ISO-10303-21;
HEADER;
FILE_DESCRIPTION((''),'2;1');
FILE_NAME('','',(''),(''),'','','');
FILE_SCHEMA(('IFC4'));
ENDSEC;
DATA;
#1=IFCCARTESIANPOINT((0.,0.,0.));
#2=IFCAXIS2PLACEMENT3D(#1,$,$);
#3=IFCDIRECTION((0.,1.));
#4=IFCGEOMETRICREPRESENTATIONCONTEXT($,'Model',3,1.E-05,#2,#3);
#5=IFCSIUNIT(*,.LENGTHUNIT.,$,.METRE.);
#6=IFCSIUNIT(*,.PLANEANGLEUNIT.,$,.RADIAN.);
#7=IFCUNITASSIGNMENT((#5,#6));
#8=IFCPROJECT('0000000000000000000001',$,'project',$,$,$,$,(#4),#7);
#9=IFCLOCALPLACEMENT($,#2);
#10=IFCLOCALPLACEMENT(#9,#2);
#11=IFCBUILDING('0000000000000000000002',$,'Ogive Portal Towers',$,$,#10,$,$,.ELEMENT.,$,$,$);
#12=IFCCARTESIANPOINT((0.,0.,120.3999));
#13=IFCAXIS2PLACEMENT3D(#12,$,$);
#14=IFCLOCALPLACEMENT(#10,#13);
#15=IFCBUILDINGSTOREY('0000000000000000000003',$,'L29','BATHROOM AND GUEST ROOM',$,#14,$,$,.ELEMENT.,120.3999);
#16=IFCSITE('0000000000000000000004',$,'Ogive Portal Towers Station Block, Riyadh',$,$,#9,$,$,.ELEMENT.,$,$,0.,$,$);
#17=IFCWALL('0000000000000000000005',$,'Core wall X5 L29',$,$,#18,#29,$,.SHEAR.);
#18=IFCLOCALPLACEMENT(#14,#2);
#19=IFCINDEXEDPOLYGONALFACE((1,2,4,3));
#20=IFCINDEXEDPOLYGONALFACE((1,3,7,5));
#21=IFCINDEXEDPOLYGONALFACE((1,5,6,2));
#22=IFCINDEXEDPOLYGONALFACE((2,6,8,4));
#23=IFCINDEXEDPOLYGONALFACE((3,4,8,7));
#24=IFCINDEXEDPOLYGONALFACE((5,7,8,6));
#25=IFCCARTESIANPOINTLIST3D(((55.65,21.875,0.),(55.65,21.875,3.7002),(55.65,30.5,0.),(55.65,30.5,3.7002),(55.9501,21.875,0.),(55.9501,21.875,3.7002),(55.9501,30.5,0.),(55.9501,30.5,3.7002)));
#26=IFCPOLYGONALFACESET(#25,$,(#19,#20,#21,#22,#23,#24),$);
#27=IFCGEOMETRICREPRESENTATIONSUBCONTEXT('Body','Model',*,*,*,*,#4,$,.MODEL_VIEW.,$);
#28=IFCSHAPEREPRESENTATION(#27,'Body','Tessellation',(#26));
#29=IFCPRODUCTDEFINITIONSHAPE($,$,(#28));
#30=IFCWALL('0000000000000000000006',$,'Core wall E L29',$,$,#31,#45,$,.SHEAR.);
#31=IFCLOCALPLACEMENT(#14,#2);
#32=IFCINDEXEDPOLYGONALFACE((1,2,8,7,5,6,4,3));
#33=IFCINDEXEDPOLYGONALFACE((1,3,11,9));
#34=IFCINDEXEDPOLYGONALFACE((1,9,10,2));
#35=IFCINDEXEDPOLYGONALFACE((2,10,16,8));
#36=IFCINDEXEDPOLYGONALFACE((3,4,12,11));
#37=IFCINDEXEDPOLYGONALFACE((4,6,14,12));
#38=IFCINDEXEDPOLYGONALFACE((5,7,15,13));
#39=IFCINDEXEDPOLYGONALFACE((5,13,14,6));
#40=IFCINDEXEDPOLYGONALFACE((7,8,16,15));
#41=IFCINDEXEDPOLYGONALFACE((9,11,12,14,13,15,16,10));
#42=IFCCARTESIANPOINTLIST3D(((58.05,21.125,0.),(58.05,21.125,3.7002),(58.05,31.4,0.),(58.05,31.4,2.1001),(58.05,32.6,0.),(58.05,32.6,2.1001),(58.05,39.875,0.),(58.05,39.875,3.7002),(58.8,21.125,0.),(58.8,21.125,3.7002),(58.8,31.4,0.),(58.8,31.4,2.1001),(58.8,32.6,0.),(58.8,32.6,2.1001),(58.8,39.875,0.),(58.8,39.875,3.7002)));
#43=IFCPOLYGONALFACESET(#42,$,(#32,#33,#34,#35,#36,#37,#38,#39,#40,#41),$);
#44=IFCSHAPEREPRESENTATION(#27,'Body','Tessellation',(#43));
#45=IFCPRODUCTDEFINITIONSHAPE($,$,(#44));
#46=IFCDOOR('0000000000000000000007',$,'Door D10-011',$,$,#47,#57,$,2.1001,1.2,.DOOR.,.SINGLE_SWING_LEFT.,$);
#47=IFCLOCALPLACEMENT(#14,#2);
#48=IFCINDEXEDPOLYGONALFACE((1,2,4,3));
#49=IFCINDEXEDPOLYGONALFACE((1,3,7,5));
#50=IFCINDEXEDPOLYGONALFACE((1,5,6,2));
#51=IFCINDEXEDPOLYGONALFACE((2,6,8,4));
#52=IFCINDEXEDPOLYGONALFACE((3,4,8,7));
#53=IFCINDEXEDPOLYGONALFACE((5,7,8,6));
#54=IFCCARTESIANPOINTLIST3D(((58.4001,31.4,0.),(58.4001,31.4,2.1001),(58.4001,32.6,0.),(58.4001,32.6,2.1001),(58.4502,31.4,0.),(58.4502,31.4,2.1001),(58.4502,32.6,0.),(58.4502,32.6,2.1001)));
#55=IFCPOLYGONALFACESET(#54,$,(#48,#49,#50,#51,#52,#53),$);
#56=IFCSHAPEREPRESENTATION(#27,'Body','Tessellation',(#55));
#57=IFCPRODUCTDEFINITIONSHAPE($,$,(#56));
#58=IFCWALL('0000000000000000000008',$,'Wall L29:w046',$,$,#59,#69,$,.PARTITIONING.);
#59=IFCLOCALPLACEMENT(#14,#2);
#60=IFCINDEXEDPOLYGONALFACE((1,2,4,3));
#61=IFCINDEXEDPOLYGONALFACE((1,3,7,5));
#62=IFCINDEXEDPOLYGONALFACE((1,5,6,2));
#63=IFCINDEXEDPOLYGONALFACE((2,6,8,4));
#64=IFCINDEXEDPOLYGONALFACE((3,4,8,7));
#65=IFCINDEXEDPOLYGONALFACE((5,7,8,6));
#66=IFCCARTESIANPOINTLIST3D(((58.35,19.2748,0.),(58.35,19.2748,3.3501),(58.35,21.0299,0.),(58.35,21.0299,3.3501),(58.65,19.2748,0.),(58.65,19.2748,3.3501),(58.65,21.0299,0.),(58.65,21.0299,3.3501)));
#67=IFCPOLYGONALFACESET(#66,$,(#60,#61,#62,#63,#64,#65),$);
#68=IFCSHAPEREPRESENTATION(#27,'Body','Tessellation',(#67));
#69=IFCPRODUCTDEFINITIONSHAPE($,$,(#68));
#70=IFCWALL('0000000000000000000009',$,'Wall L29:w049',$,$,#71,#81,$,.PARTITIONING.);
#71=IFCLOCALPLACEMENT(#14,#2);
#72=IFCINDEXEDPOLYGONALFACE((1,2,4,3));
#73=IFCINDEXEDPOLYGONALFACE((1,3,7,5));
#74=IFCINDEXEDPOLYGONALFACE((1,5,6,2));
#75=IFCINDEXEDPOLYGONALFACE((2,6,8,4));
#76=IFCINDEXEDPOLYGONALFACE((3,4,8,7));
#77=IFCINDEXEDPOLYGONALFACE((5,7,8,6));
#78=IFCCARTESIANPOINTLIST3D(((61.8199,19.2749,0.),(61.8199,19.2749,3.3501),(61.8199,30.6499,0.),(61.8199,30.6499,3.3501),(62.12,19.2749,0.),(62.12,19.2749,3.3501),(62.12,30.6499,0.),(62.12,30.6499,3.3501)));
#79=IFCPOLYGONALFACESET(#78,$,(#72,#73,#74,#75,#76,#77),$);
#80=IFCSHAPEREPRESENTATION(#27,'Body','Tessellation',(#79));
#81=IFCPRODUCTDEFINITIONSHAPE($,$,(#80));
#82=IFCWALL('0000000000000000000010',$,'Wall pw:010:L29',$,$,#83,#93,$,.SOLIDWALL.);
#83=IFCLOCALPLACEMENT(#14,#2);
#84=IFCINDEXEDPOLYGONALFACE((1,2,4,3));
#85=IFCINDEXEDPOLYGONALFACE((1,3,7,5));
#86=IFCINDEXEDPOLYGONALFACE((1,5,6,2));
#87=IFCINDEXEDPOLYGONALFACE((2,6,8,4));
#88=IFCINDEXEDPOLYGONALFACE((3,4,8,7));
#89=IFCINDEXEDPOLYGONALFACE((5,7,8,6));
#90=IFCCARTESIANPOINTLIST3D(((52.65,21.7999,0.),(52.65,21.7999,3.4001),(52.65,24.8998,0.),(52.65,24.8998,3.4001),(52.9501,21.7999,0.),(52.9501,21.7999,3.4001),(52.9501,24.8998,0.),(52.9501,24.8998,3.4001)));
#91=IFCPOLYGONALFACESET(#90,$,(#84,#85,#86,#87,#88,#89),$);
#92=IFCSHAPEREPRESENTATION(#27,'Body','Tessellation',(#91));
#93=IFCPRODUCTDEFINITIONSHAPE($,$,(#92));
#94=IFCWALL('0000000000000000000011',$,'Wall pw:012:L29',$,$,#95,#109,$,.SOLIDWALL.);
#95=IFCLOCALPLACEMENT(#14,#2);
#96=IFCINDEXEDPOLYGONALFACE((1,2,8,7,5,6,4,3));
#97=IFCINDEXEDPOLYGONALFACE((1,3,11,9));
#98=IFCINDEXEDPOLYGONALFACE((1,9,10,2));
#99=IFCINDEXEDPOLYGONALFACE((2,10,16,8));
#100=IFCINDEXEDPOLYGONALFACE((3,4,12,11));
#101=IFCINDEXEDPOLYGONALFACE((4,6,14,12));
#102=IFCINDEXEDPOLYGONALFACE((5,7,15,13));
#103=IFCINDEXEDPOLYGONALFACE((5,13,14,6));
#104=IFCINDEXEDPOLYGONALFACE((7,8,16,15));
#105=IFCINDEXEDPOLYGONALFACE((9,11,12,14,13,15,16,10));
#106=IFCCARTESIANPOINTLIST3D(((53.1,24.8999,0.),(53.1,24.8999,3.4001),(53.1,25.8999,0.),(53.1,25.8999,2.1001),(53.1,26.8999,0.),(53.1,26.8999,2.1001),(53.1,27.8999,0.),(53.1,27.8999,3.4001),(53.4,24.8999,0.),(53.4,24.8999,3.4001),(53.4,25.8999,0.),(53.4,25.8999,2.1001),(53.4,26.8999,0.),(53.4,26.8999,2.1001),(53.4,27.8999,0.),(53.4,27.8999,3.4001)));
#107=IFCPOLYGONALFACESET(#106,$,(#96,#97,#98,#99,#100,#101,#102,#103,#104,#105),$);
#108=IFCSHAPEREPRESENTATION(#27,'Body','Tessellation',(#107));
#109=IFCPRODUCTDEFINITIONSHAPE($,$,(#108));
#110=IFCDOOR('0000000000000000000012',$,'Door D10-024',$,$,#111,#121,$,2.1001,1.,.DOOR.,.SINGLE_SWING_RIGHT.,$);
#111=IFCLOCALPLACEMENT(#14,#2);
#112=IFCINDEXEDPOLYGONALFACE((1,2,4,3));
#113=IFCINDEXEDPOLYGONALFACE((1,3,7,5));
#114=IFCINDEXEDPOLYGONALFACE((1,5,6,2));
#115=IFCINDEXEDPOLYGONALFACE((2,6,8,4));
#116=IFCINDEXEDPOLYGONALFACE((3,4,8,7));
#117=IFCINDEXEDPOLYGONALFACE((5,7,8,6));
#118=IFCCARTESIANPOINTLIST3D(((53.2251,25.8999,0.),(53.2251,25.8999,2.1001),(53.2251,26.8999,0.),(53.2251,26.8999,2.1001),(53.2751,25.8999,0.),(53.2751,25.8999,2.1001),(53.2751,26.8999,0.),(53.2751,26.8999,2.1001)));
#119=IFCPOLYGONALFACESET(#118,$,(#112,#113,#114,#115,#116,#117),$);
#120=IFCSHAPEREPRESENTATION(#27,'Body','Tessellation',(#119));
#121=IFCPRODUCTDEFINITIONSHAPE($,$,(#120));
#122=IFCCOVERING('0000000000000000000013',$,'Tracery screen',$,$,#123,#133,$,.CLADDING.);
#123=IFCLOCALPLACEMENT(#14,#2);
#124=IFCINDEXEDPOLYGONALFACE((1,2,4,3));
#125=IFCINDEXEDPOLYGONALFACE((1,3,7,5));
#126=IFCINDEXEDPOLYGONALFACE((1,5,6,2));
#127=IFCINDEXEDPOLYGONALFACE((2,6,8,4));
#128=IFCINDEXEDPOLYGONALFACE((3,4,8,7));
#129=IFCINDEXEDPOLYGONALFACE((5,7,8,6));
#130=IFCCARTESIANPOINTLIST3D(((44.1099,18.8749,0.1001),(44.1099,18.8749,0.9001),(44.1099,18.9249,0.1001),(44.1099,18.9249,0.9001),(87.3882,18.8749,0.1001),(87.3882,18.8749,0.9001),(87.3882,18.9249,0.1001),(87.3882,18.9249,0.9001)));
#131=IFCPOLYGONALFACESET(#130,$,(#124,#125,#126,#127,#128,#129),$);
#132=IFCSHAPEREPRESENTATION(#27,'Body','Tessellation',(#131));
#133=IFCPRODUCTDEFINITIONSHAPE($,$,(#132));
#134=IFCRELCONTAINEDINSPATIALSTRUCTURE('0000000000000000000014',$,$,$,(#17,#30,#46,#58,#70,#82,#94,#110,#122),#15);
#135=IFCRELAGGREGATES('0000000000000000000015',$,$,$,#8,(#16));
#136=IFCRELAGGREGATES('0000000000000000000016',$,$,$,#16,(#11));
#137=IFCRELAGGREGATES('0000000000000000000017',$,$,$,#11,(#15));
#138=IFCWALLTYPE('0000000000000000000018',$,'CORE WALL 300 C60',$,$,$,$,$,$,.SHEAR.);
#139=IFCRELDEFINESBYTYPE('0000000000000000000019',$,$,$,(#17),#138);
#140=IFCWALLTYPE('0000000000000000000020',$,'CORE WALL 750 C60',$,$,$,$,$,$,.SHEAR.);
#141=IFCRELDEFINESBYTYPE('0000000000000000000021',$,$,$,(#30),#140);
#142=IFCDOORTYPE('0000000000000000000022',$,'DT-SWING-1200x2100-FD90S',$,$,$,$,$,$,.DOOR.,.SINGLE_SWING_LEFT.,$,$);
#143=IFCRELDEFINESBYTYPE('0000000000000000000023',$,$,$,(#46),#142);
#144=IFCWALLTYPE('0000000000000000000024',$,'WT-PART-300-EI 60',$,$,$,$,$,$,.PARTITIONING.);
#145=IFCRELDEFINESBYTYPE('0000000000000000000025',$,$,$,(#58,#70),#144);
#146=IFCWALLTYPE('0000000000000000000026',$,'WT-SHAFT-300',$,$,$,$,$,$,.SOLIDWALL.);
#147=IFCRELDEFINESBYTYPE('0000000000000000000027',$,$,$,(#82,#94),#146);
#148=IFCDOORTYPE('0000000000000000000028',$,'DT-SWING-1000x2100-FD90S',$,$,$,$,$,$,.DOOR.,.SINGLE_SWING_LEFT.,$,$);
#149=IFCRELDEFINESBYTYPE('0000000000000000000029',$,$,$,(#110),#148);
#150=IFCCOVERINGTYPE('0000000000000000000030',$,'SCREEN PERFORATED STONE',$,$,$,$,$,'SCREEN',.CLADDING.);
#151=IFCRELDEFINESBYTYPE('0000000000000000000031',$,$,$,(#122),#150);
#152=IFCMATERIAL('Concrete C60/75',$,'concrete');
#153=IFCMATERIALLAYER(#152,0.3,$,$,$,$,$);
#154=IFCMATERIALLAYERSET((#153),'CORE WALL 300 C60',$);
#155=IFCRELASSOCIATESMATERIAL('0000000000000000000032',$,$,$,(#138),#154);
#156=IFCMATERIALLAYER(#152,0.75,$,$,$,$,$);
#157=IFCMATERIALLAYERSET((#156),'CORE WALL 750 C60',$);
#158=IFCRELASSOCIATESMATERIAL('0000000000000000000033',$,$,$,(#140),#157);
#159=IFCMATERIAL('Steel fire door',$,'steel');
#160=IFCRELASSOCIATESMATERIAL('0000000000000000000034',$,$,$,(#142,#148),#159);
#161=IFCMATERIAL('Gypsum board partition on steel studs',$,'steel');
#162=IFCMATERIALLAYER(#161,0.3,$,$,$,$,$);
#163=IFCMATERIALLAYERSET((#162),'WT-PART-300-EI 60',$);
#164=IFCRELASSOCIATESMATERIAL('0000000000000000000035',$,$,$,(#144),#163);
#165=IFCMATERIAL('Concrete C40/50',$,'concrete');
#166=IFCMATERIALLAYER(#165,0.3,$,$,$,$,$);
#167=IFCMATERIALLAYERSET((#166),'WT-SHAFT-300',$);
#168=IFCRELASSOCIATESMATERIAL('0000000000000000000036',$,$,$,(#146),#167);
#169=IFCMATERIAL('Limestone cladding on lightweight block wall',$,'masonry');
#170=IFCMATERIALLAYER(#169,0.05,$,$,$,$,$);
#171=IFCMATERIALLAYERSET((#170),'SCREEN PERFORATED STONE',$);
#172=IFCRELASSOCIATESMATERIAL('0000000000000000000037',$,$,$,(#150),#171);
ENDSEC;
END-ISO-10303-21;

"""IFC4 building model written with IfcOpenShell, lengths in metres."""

from ifc_helpers import new_model, si_unit, direction, frame, frame_2d, origin, origin_2d, place, context, subcontext, project, spatial, rectangle, extrude, material, layer, layer_set, type_object, element, fill, save


model = new_model("IFC4")

# Units and contexts
model_context = context("Model", 3, precision=1e-05, world=origin(), true_north=direction((0.0, 1.0)))
body_context = subcontext(model_context, "Body", "Model", "MODEL_VIEW")
ifc_project = project(units=[si_unit("LENGTHUNIT", "METRE"), si_unit("PLANEANGLEUNIT", "RADIAN")], contexts=[model_context])

# Site, building, storey
site_placement = place(None, origin())
site = spatial("IfcSite", under=ifc_project, at=site_placement, Name="Ogive Portal Towers Station Block, Riyadh", CompositionType="ELEMENT", RefElevation=0.0)
building_placement = place(site_placement, origin())
building = spatial("IfcBuilding", under=site, at=building_placement, Name="Ogive Portal Towers", CompositionType="ELEMENT")
storey_placement = place(building_placement, frame((0.0, 0.0, 120.3999)))
storey = spatial("IfcBuildingStorey", under=building, at=storey_placement, Name="L29", Description="BATHROOM AND GUEST ROOM", CompositionType="ELEMENT", Elevation=120.3999)

# Wall
ifc_material_1 = material(Name="Concrete C60/75", Category="concrete")
ifc_layer_1 = layer(ifc_material_1, 0.3)
ifc_layer_set_1 = layer_set([ifc_layer_1], Name="CORE WALL 300 C60")
wall_type_1 = type_object("IfcWallType", Name="CORE WALL 300 C60", PredefinedType="SHEAR", material=ifc_layer_set_1)
wall_1_placement = place(storey_placement, frame((55.8, 21.875, 0.0), z_axis=(0.0, 0.0, 1.0), x_axis=(0.0, 1.0, 0.0)))
element("IfcWall", 1, at=wall_1_placement, inside=storey, type_object=wall_type_1, Name="Core wall X5 L29", PredefinedType="SHEAR", context=body_context, shape_type="SweptSolid", body=[
    extrude(rectangle(XDim=8.625, YDim=0.3, at=frame_2d((4.3125, 0.0))), origin(), (0.0, 0.0, 1.0), 3.7002),
])

# Wall, opening, door
ifc_layer_2 = layer(ifc_material_1, 0.75)
ifc_layer_set_2 = layer_set([ifc_layer_2], Name="CORE WALL 750 C60")
wall_type_2 = type_object("IfcWallType", Name="CORE WALL 750 C60", PredefinedType="SHEAR", material=ifc_layer_set_2)
wall_2_placement = place(storey_placement, frame((58.425, 21.125, 0.0), z_axis=(0.0, 0.0, 1.0), x_axis=(0.0, 1.0, 0.0)))
wall_2 = element("IfcWall", 2, at=wall_2_placement, inside=storey, type_object=wall_type_2, Name="Core wall E L29", PredefinedType="SHEAR", context=body_context, shape_type="SweptSolid", body=[
    extrude(rectangle(XDim=18.75, YDim=0.75, at=frame_2d((9.375, 0.0))), origin(), (0.0, 0.0, 1.0), 3.7002),
])
opening_1_placement = place(wall_2_placement, frame((10.2749, 0.0, 0.0)))
opening_1 = element("IfcOpeningElement", 3, at=opening_1_placement, cuts=wall_2, PredefinedType="OPENING", context=body_context, shape_type="SweptSolid", body=[
    extrude(rectangle(XDim=1.2, YDim=2.1001, at=frame_2d((0.6001, 1.05))), frame((0.0, 0.385, 0.0), z_axis=(0.0, -1.0, 0.0), x_axis=(1.0, 0.0, 0.0)), (0.0, 0.0, 1.0), 0.77),
])
ifc_material_2 = material(Name="Steel fire door", Category="steel")
door_type_1 = type_object("IfcDoorType", Name="DT-SWING-1200x2100-FD90S", OperationType="SINGLE_SWING_LEFT", PredefinedType="DOOR", material=ifc_material_2)
door_1_placement = place(opening_1_placement, origin())
door_1 = element("IfcDoor", 4, at=door_1_placement, inside=storey, type_object=door_type_1, Name="Door D10-011", OperationType="SINGLE_SWING_LEFT", OverallHeight=2.1001, OverallWidth=1.2, PredefinedType="DOOR", context=body_context, shape_type="SweptSolid", body=[
    extrude(rectangle(XDim=1.2, YDim=2.1001, at=frame_2d((0.6001, 1.05))), frame((0.0, 0.0249, 0.0), z_axis=(0.0, -1.0, 0.0), x_axis=(1.0, 0.0, 0.0)), (0.0, 0.0, 1.0), 0.05),
])
fill(opening_1, door_1)

# Walls
ifc_material_3 = material(Name="Gypsum board partition on steel studs", Category="steel")
ifc_layer_3 = layer(ifc_material_3, 0.3)
ifc_layer_set_3 = layer_set([ifc_layer_3], Name="WT-PART-300-EI 60")
wall_type_3 = type_object("IfcWallType", Name="WT-PART-300-EI 60", PredefinedType="PARTITIONING", material=ifc_layer_set_3)
wall_3_placement = place(storey_placement, frame((58.5, 19.2749, 0.0), z_axis=(0.0, 0.0, 1.0), x_axis=(0.0, 1.0, 0.0)))
element("IfcWall", 5, at=wall_3_placement, inside=storey, type_object=wall_type_3, Name="Wall L29:w046", PredefinedType="PARTITIONING", context=body_context, shape_type="SweptSolid", body=[
    extrude(rectangle(XDim=1.7551, YDim=0.3, at=frame_2d((0.8774, 0.0))), origin(), (0.0, 0.0, 1.0), 3.3501),
])
wall_4_placement = place(storey_placement, frame((61.97, 19.2749, 0.0), z_axis=(0.0, 0.0, 1.0), x_axis=(0.0, 1.0, 0.0)))
element("IfcWall", 6, at=wall_4_placement, inside=storey, type_object=wall_type_3, Name="Wall L29:w049", PredefinedType="PARTITIONING", context=body_context, shape_type="SweptSolid", body=[
    extrude(rectangle(XDim=11.375, YDim=0.3, at=frame_2d((5.6875, 0.0))), origin(), (0.0, 0.0, 1.0), 3.3501),
])
ifc_material_4 = material(Name="Concrete C40/50", Category="concrete")
ifc_layer_4 = layer(ifc_material_4, 0.3)
ifc_layer_set_4 = layer_set([ifc_layer_4], Name="WT-SHAFT-300")
wall_type_4 = type_object("IfcWallType", Name="WT-SHAFT-300", PredefinedType="SOLIDWALL", material=ifc_layer_set_4)
wall_5_placement = place(storey_placement, frame((52.8, 21.8, 0.0), z_axis=(0.0, 0.0, 1.0), x_axis=(0.0, 1.0, 0.0)))
element("IfcWall", 7, at=wall_5_placement, inside=storey, type_object=wall_type_4, Name="Wall pw:010:L29", PredefinedType="SOLIDWALL", context=body_context, shape_type="SweptSolid", body=[
    extrude(rectangle(XDim=3.0999, YDim=0.3, at=frame_2d((1.5498, 0.0))), origin(), (0.0, 0.0, 1.0), 3.4001),
])

# Wall, opening, door
wall_6_placement = place(storey_placement, frame((53.25, 24.8999, 0.0), z_axis=(0.0, 0.0, 1.0), x_axis=(0.0, 1.0, 0.0)))
wall_6 = element("IfcWall", 8, at=wall_6_placement, inside=storey, type_object=wall_type_4, Name="Wall pw:012:L29", PredefinedType="SOLIDWALL", context=body_context, shape_type="SweptSolid", body=[
    extrude(rectangle(XDim=3.0, YDim=0.3, at=frame_2d((1.5, 0.0))), origin(), (0.0, 0.0, 1.0), 3.4001),
])
opening_2_placement = place(wall_6_placement, frame((1.0, 0.0, 0.0)))
opening_2 = element("IfcOpeningElement", 9, at=opening_2_placement, cuts=wall_6, PredefinedType="OPENING", context=body_context, shape_type="SweptSolid", body=[
    extrude(rectangle(XDim=1.0, YDim=2.1001, at=frame_2d((0.5, 1.05))), frame((0.0, 0.1602, 0.0), z_axis=(0.0, -1.0, 0.0), x_axis=(1.0, 0.0, 0.0)), (0.0, 0.0, 1.0), 0.3201),
])
door_type_2 = type_object("IfcDoorType", Name="DT-SWING-1000x2100-FD90S", OperationType="SINGLE_SWING_LEFT", PredefinedType="DOOR", material=ifc_material_2)
door_2_placement = place(opening_2_placement, origin())
door_2 = element("IfcDoor", 10, at=door_2_placement, inside=storey, type_object=door_type_2, Name="Door D10-024", OperationType="SINGLE_SWING_RIGHT", OverallHeight=2.1001, OverallWidth=1.0, PredefinedType="DOOR", context=body_context, shape_type="SweptSolid", body=[
    extrude(rectangle(XDim=1.0, YDim=2.1001, at=frame_2d((0.5, 1.05))), frame((0.0, 0.0249, 0.0), z_axis=(0.0, -1.0, 0.0), x_axis=(1.0, 0.0, 0.0)), (0.0, 0.0, 1.0), 0.05),
])
fill(opening_2, door_2)

# Covering
ifc_material_5 = material(Name="Limestone cladding on lightweight block wall", Category="masonry")
ifc_layer_5 = layer(ifc_material_5, 0.05)
ifc_layer_set_5 = layer_set([ifc_layer_5], Name="SCREEN PERFORATED STONE")
covering_type = type_object("IfcCoveringType", Name="SCREEN PERFORATED STONE", ElementType="SCREEN", PredefinedType="CLADDING", material=ifc_layer_set_5)
covering_placement = place(storey_placement, frame((65.749, 18.8999, 0.1001), z_axis=(0.0, 0.0, 1.0), x_axis=(1.0, 0.0, 0.0)))
element("IfcCovering", 11, at=covering_placement, inside=storey, type_object=covering_type, Name="Tracery screen", PredefinedType="CLADDING", context=body_context, shape_type="SweptSolid", body=[
    extrude(rectangle(XDim=43.2783, YDim=0.05, at=origin_2d()), origin(), (0.0, 0.0, 1.0), 0.8),
])

save(model, "model.ifc")
